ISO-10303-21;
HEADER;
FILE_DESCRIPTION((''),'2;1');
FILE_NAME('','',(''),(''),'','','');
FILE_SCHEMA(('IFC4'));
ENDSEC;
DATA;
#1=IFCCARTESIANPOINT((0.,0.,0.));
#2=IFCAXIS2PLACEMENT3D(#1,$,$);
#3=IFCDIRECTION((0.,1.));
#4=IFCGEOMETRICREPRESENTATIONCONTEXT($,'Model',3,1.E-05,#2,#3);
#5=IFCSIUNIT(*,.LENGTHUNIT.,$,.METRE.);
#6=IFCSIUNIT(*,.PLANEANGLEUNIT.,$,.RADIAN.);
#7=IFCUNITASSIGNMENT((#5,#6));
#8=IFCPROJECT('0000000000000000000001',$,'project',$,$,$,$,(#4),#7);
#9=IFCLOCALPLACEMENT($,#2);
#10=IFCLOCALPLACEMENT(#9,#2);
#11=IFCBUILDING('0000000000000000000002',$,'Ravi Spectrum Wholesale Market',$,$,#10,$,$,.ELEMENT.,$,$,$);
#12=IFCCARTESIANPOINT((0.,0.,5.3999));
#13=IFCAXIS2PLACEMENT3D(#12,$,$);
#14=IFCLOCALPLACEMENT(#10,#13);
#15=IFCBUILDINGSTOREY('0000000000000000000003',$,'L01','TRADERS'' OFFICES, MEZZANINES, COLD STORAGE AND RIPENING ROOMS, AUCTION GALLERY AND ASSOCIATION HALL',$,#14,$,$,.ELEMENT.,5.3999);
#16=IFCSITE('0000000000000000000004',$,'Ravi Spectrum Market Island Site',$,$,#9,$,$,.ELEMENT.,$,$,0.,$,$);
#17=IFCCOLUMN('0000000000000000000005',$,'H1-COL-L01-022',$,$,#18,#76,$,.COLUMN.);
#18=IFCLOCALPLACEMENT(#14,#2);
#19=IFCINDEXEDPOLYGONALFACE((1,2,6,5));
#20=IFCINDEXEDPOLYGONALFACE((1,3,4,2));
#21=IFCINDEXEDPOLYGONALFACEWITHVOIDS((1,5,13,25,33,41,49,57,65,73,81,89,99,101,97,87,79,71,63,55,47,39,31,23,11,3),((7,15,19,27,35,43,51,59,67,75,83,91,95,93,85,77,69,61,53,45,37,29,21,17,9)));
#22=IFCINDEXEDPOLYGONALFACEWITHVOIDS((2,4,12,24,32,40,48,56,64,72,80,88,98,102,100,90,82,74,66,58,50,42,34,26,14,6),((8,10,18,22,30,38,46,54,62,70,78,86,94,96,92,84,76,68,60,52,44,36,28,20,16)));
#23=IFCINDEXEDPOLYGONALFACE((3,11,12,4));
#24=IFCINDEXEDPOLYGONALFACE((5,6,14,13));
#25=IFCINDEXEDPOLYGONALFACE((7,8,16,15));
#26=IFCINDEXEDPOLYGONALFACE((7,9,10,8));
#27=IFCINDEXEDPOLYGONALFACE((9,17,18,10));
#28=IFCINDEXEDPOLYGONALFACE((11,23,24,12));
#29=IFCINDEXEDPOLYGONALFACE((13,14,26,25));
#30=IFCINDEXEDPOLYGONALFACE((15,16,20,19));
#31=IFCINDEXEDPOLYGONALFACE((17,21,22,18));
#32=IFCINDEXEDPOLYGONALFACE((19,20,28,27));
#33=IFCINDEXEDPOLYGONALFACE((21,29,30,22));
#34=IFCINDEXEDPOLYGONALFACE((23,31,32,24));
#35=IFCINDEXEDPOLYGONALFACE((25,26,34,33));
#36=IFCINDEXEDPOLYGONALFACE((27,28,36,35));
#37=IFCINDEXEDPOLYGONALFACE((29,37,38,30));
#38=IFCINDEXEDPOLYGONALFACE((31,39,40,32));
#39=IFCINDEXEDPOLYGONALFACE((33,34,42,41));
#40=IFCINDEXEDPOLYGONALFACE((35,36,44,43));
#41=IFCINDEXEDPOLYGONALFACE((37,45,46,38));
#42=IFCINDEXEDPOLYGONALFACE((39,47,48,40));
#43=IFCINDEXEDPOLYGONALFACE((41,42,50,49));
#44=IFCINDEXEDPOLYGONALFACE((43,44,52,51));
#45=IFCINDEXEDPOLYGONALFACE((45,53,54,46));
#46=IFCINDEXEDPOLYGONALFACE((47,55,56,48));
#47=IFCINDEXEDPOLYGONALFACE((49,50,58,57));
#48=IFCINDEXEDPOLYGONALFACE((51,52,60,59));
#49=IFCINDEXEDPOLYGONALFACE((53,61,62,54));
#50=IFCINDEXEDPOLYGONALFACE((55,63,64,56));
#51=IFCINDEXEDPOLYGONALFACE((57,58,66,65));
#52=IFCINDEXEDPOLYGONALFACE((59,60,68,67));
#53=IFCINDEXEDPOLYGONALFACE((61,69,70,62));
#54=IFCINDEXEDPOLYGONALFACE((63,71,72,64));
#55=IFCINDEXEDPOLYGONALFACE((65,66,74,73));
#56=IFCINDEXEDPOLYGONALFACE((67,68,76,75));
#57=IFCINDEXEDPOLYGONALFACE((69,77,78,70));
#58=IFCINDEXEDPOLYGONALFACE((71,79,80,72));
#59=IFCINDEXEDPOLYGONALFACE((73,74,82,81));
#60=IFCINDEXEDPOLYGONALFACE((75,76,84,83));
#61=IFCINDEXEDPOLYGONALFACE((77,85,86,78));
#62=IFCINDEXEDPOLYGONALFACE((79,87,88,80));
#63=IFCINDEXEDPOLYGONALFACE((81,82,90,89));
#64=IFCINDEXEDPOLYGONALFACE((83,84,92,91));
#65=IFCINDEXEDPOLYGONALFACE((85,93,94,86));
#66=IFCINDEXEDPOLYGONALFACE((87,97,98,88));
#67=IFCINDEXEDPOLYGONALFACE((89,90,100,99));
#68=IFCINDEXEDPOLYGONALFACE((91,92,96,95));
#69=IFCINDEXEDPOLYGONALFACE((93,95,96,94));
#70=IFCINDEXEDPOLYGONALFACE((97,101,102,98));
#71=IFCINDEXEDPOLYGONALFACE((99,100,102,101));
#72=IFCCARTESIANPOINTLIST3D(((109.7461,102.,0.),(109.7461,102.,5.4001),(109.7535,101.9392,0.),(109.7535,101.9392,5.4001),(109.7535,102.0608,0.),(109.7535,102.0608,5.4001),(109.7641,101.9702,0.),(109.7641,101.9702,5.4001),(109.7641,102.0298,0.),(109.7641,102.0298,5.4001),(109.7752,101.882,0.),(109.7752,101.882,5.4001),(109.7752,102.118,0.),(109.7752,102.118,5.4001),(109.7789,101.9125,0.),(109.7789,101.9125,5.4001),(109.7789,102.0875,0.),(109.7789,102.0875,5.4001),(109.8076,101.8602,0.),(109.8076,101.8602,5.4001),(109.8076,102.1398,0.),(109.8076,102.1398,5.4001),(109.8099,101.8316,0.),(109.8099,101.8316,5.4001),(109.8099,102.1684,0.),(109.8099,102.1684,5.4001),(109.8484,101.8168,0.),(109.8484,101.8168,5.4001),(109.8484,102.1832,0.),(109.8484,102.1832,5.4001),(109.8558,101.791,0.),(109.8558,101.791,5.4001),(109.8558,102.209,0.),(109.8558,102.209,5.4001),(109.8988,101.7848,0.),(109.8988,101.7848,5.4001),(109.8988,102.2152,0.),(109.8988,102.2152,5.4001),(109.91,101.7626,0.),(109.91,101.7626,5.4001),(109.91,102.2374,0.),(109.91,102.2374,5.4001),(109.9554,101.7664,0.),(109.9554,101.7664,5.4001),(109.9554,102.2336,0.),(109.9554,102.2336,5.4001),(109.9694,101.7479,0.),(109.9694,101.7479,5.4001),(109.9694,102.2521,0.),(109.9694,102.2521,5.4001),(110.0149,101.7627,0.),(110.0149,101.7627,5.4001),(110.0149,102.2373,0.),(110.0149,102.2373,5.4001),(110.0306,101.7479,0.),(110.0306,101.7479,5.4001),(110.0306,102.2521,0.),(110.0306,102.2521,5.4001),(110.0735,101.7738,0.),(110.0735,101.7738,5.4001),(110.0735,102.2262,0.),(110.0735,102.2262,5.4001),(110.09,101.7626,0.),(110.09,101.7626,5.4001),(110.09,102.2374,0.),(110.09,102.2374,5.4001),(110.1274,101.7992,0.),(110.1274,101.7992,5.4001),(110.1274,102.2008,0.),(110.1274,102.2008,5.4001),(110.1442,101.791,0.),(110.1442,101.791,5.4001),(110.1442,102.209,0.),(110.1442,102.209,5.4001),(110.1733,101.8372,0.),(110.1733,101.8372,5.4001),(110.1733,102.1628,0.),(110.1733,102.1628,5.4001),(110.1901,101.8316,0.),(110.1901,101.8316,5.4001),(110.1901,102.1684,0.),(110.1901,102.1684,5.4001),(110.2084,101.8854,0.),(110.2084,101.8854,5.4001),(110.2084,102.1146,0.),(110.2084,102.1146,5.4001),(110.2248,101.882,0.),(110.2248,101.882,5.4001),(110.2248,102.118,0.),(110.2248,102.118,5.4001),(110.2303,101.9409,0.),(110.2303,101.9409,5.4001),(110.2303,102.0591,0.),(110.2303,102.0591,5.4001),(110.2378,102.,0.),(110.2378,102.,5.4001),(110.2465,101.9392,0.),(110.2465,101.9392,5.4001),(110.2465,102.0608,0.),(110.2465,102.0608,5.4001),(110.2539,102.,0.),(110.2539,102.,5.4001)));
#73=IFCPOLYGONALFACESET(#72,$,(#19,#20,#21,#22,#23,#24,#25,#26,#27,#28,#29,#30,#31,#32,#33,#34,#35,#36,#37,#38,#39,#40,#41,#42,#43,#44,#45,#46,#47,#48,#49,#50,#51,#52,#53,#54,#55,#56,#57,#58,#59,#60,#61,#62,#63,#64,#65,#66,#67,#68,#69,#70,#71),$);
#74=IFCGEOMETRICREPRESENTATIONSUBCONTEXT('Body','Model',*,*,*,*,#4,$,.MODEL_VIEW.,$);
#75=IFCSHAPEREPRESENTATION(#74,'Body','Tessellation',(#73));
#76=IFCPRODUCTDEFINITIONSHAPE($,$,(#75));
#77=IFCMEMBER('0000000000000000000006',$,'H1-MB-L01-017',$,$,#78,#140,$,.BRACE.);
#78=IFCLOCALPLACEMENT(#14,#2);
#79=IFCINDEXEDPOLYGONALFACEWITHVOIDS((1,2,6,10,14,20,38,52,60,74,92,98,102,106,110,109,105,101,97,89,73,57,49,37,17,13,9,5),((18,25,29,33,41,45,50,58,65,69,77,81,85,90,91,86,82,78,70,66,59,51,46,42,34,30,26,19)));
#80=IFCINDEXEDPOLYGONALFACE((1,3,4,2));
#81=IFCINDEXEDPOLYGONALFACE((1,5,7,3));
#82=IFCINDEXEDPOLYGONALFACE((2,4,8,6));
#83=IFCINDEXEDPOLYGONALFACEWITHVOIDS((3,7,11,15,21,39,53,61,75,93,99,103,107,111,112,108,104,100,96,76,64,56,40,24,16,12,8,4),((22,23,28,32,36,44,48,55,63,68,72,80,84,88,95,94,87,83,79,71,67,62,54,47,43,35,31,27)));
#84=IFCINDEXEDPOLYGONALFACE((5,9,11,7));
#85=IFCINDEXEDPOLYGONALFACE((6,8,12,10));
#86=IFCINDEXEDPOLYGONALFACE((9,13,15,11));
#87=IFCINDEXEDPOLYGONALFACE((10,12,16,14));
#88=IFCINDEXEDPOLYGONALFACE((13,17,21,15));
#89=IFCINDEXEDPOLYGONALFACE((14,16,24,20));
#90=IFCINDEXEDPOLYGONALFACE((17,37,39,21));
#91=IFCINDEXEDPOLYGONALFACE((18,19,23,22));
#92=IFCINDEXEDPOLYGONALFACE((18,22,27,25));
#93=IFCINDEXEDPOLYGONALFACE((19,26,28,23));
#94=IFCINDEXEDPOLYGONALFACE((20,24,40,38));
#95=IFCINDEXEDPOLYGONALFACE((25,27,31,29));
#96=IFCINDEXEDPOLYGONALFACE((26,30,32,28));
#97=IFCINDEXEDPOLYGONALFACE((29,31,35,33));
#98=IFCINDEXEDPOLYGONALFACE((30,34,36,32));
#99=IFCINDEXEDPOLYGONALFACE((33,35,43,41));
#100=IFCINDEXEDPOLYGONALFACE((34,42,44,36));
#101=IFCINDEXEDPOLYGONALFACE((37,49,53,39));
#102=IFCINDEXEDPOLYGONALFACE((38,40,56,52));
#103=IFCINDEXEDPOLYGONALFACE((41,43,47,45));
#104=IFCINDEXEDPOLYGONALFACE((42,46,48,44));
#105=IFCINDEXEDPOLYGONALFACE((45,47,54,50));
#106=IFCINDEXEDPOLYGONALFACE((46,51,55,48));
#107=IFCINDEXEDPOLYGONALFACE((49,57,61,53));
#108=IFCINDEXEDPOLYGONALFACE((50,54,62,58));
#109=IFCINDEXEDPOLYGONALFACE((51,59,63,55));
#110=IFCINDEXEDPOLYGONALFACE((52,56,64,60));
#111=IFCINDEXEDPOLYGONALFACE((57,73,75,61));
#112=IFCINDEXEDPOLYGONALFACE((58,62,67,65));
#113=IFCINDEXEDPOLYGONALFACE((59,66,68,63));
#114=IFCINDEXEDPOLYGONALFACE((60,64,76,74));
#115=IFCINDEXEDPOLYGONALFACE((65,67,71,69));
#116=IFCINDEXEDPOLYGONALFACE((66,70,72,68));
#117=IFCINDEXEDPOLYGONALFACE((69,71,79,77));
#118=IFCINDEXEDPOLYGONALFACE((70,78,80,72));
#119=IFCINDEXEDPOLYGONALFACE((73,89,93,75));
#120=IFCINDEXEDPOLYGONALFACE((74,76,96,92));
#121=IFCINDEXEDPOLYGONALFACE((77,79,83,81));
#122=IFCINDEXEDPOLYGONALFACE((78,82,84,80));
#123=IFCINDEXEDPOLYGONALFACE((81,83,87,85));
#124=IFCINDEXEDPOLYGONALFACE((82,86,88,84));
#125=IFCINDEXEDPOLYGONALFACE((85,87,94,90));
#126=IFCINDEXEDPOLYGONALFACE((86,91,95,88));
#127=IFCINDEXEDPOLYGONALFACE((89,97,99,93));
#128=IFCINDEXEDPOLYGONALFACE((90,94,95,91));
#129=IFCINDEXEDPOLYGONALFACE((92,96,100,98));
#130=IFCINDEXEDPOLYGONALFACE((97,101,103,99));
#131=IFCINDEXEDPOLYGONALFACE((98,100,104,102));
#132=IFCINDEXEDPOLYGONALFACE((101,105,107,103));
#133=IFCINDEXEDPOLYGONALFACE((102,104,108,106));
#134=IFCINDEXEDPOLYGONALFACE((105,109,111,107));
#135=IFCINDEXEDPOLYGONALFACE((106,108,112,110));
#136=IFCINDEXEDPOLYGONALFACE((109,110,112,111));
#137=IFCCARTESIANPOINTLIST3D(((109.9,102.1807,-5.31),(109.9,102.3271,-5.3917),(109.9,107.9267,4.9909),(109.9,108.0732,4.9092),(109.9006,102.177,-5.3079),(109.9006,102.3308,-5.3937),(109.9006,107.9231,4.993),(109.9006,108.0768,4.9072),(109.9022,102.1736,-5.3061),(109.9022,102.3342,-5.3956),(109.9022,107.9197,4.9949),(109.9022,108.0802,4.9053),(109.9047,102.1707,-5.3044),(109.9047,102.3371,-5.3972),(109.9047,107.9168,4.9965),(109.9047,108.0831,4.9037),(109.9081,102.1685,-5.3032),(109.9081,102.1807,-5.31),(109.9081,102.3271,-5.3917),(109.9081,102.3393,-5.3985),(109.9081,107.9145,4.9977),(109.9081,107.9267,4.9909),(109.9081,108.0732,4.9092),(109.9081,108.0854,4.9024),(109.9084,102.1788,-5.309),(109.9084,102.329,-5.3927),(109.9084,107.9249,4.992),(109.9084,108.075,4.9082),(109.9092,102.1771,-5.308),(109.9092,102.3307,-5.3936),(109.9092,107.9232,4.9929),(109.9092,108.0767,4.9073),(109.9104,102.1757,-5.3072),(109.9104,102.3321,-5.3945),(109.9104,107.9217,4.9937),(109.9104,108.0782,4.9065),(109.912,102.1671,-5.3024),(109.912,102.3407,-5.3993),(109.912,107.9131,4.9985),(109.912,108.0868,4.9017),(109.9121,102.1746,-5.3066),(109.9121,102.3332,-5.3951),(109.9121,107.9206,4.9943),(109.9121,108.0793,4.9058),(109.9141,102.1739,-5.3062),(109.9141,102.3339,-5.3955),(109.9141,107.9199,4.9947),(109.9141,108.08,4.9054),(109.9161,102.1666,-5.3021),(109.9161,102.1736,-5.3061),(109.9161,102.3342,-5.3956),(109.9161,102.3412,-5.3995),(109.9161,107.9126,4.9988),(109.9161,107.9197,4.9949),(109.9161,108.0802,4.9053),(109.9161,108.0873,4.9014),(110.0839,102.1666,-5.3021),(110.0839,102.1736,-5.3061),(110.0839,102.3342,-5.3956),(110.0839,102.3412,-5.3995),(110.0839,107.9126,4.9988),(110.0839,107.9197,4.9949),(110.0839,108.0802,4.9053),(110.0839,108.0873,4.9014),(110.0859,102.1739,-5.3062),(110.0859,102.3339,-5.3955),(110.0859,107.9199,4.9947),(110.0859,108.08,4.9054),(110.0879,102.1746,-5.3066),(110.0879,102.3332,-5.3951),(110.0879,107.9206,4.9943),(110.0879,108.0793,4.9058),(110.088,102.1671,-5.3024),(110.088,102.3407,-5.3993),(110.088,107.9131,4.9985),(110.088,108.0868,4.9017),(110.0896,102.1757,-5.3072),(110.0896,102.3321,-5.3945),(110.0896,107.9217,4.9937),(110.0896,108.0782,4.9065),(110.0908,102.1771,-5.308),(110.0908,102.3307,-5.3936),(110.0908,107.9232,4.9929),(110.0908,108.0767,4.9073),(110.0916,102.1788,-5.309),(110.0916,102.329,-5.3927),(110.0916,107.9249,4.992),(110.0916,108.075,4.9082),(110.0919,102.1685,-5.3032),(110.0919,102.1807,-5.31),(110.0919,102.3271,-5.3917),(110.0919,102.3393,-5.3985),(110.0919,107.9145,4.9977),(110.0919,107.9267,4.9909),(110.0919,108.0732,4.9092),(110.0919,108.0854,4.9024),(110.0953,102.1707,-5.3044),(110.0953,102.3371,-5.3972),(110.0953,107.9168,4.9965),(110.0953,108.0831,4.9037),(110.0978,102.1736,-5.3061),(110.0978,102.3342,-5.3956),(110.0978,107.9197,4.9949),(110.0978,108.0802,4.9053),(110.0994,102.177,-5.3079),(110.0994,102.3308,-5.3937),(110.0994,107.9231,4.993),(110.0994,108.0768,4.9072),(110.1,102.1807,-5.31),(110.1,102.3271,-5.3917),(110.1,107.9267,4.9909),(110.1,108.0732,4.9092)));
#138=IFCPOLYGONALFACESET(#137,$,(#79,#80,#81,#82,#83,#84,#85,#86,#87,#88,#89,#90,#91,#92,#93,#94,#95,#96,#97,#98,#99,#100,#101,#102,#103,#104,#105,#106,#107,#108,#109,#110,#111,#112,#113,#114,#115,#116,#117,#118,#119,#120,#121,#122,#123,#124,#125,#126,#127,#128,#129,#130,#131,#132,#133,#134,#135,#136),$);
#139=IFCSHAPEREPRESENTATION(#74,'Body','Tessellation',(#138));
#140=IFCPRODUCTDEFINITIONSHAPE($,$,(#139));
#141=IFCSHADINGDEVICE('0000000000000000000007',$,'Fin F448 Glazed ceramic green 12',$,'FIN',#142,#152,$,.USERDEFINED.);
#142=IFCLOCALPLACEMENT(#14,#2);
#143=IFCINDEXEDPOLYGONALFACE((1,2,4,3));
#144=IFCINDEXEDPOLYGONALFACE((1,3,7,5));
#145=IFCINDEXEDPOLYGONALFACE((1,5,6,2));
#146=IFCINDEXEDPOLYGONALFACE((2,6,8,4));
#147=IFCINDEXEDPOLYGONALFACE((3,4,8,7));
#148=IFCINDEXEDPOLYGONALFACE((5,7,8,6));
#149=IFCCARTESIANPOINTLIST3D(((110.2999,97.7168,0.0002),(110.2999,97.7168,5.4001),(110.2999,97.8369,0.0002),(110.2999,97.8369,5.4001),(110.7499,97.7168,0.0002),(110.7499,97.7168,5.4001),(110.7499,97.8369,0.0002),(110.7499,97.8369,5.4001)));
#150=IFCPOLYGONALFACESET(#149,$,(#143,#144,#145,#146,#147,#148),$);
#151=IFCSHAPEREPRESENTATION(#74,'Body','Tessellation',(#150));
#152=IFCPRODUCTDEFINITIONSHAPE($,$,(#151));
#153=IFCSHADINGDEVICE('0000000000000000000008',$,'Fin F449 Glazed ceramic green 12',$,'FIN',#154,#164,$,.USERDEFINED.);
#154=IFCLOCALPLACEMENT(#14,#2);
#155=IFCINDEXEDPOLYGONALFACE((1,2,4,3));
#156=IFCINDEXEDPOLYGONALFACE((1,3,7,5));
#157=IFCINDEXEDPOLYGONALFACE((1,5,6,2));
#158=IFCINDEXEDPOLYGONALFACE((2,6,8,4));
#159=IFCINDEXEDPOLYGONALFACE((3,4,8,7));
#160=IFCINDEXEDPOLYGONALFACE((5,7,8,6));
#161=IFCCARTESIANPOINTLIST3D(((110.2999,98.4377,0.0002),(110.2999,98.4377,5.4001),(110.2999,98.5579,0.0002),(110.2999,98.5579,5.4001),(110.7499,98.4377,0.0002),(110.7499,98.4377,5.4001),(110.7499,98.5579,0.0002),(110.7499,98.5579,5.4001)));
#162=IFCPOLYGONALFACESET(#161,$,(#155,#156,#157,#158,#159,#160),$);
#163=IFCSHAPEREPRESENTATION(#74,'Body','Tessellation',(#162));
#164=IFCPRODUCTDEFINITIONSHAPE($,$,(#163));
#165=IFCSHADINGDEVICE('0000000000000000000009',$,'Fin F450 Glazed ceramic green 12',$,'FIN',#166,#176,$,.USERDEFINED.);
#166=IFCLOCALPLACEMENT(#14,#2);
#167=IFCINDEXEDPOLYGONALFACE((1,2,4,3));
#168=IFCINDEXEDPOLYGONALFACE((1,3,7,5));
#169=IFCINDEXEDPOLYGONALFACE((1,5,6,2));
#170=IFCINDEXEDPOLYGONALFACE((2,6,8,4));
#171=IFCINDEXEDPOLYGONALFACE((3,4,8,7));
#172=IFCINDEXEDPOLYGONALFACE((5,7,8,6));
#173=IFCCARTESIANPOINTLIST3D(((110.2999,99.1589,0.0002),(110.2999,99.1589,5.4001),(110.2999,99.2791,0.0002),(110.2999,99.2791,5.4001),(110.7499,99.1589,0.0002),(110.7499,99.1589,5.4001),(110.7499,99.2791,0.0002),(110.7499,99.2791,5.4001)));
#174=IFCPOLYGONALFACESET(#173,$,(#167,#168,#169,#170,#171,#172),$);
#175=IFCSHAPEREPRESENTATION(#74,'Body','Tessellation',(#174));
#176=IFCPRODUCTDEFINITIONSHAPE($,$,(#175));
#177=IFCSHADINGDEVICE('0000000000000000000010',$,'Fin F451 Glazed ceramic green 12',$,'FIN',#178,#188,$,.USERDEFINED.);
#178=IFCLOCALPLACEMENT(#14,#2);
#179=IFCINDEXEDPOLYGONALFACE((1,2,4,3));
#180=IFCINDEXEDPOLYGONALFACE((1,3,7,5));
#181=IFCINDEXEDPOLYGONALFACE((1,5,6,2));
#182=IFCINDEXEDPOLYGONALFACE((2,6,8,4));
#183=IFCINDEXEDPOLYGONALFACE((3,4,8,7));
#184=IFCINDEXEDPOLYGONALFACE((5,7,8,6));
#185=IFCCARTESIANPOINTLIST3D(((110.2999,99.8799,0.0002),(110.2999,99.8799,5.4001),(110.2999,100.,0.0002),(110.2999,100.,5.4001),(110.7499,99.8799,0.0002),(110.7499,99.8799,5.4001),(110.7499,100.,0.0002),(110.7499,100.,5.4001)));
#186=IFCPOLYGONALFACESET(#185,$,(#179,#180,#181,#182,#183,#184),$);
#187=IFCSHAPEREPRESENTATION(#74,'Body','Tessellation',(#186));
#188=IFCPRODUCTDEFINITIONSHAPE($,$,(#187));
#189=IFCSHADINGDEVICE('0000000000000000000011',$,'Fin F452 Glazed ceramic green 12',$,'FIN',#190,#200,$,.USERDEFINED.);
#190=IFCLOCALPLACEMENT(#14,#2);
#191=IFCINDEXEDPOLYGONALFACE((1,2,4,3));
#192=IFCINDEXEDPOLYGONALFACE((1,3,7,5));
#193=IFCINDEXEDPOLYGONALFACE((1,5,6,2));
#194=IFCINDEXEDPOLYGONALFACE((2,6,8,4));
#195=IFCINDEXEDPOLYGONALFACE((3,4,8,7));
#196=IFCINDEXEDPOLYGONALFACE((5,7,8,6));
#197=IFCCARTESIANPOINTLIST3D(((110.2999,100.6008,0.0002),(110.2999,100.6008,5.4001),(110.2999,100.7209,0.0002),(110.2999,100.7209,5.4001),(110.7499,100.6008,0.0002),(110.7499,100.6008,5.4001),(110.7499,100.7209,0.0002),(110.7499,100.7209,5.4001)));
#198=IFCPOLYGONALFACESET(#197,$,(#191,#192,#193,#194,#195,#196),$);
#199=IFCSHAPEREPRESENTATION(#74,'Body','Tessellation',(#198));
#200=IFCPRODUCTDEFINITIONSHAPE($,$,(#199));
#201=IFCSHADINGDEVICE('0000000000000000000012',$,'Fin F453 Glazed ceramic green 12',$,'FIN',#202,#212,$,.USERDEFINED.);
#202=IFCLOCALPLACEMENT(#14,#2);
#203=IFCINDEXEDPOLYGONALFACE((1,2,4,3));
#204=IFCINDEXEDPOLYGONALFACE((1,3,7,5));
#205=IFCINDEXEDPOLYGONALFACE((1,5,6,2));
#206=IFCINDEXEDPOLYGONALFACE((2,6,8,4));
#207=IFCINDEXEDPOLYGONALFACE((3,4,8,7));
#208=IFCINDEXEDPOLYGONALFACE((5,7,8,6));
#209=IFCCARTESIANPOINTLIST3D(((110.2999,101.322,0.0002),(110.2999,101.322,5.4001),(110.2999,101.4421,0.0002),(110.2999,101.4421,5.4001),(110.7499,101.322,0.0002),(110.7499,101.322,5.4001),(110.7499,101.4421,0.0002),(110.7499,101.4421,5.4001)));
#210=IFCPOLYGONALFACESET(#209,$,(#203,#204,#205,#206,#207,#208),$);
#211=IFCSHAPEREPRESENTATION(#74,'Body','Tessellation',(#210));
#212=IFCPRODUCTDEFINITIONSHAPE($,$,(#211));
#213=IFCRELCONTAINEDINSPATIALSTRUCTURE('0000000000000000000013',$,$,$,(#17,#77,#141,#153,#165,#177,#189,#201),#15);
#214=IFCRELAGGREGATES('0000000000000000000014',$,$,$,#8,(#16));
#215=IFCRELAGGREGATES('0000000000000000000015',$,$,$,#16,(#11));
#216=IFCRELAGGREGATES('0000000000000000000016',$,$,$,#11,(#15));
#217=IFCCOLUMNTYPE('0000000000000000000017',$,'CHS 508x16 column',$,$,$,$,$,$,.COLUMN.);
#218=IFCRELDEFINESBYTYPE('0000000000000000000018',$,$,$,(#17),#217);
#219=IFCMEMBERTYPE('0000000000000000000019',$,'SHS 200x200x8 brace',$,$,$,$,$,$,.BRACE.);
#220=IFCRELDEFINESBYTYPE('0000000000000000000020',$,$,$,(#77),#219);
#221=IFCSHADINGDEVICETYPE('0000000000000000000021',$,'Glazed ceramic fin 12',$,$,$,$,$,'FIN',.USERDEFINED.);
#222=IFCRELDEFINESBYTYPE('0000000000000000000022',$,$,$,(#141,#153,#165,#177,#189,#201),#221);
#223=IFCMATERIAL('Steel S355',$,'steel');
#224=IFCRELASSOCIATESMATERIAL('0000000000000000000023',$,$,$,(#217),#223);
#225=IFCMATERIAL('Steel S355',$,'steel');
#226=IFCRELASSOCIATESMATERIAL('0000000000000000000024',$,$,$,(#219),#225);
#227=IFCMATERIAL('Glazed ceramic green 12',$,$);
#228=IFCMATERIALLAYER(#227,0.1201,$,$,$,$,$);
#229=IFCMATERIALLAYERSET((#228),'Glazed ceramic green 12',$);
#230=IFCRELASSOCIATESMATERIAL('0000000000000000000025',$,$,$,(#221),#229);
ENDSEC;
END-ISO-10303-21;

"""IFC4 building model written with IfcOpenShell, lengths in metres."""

from ifc_helpers import new_model, si_unit, direction, frame, origin, origin_2d, place, context, subcontext, project, spatial, rectangle, hollow_rectangle, hollow_circle, extrude, material, layer, layer_set, material_profile, profile_set, type_object, element, save


model = new_model("IFC4")

# Units and contexts
model_context = context("Model", 3, precision=1e-05, world=origin(), true_north=direction((0.0, 1.0)))
body_context = subcontext(model_context, "Body", "Model", "MODEL_VIEW")
ifc_project = project(units=[si_unit("LENGTHUNIT", "METRE"), si_unit("PLANEANGLEUNIT", "RADIAN")], contexts=[model_context])

# Site, building, storey
site_placement = place(None, origin())
site = spatial("IfcSite", under=ifc_project, at=site_placement, Name="Ravi Spectrum Market Island Site", CompositionType="ELEMENT", RefElevation=0.0)
building_placement = place(site_placement, origin())
building = spatial("IfcBuilding", under=site, at=building_placement, Name="Ravi Spectrum Wholesale Market", CompositionType="ELEMENT")
storey_placement = place(building_placement, frame((0.0, 0.0, 5.3999)))
storey = spatial("IfcBuildingStorey", under=building, at=storey_placement, Name="L01", Description="TRADERS' OFFICES, MEZZANINES, COLD STORAGE AND RIPENING ROOMS, AUCTION GALLERY AND ASSOCIATION HALL", CompositionType="ELEMENT", Elevation=5.3999)

# Column
ifc_material_1 = material(Name="Steel S355", Category="steel")
ifc_material_profile_1 = material_profile(ifc_material_1, hollow_circle(Radius=0.2539, WallThickness=0.0161, at=origin_2d()))
ifc_profile_set_1 = profile_set([ifc_material_profile_1], Name="Steel S355")
column_type = type_object("IfcColumnType", Name="CHS 508x16 column", PredefinedType="COLUMN", material=ifc_profile_set_1)
column_placement = place(storey_placement, frame((110.0, 102.0, 0.0), z_axis=(0.0, 0.0, 1.0), x_axis=(1.0, 0.0, 0.0)))
element("IfcColumn", 1, at=column_placement, inside=storey, type_object=column_type, Name="H1-COL-L01-022", PredefinedType="COLUMN", context=body_context, shape_type="SweptSolid", body=[
    extrude(hollow_circle(Radius=0.2539, WallThickness=0.0161, at=origin_2d()), origin(), (0.0, 0.0, 1.0), 5.4001),
])

# Member
ifc_material_2 = material(Name="Steel S355", Category="steel")
ifc_material_profile_2 = material_profile(ifc_material_2, hollow_rectangle(XDim=0.2, YDim=0.2, WallThickness=0.0081, InnerFilletRadius=0.0081, OuterFilletRadius=0.0161, at=origin_2d()))
ifc_profile_set_2 = profile_set([ifc_material_profile_2], Name="Steel S355")
member_type = type_object("IfcMemberType", Name="SHS 200x200x8 brace", PredefinedType="BRACE", material=ifc_profile_set_2)
member_placement = place(storey_placement, frame((110.0, 102.2539, -5.3508), z_axis=(0.0, 0.487152, 0.873317), x_axis=(-1.0, 0.0, 0.0)))
element("IfcMember", 2, at=member_placement, inside=storey, type_object=member_type, Name="H1-MB-L01-017", PredefinedType="BRACE", context=body_context, shape_type="SweptSolid", body=[
    extrude(hollow_rectangle(XDim=0.2, YDim=0.2, WallThickness=0.0081, InnerFilletRadius=0.0081, OuterFilletRadius=0.0161, at=origin_2d()), origin(), (0.0, 0.0, 1.0), 11.7952),
])

# Shading devices
ifc_material_3 = material(Name="Glazed ceramic green 12")
ifc_layer = layer(ifc_material_3, 0.1201)
ifc_layer_set = layer_set([ifc_layer], Name="Glazed ceramic green 12")
shading_device_type = type_object("IfcShadingDeviceType", Name="Glazed ceramic fin 12", ElementType="FIN", PredefinedType="USERDEFINED", material=ifc_layer_set)
for number, where, z_axis, x_axis, name in (
    (3, (110.5249, 97.7769, 0.0002), (0.0, 0.0, 1.0), (0.0, 1.0, 0.0), "Fin F448 Glazed ceramic green 12"),
    (4, (110.5249, 98.4978, 0.0002), (0.0, 0.0, 1.0), (0.0, 1.0, 0.0), "Fin F449 Glazed ceramic green 12"),
    (5, (110.5249, 99.219, 0.0002), (0.0, 0.0, 1.0), (0.0, 1.0, 0.0), "Fin F450 Glazed ceramic green 12"),
    (6, (110.5249, 99.9399, 0.0002), (0.0, 0.0, 1.0), (0.0, 1.0, 0.0), "Fin F451 Glazed ceramic green 12"),
    (7, (110.5249, 100.6609, 0.0002), (0.0, 0.0, 1.0), (0.0, 1.0, 0.0), "Fin F452 Glazed ceramic green 12"),
    (8, (110.5249, 101.3821, 0.0002), (0.0, 0.0, 1.0), (0.0, 1.0, 0.0), "Fin F453 Glazed ceramic green 12"),
):
    element("IfcShadingDevice", number, at=place(storey_placement, frame(where, z_axis=z_axis, x_axis=x_axis)), inside=storey, type_object=shading_device_type, Name=name, ObjectType="FIN", PredefinedType="USERDEFINED", context=body_context, shape_type="SweptSolid", body=[
        extrude(rectangle(XDim=0.1201, YDim=0.45, at=origin_2d()), origin(), (0.0, 0.0, 1.0), 5.3999),
    ])

save(model, "model.ifc")
